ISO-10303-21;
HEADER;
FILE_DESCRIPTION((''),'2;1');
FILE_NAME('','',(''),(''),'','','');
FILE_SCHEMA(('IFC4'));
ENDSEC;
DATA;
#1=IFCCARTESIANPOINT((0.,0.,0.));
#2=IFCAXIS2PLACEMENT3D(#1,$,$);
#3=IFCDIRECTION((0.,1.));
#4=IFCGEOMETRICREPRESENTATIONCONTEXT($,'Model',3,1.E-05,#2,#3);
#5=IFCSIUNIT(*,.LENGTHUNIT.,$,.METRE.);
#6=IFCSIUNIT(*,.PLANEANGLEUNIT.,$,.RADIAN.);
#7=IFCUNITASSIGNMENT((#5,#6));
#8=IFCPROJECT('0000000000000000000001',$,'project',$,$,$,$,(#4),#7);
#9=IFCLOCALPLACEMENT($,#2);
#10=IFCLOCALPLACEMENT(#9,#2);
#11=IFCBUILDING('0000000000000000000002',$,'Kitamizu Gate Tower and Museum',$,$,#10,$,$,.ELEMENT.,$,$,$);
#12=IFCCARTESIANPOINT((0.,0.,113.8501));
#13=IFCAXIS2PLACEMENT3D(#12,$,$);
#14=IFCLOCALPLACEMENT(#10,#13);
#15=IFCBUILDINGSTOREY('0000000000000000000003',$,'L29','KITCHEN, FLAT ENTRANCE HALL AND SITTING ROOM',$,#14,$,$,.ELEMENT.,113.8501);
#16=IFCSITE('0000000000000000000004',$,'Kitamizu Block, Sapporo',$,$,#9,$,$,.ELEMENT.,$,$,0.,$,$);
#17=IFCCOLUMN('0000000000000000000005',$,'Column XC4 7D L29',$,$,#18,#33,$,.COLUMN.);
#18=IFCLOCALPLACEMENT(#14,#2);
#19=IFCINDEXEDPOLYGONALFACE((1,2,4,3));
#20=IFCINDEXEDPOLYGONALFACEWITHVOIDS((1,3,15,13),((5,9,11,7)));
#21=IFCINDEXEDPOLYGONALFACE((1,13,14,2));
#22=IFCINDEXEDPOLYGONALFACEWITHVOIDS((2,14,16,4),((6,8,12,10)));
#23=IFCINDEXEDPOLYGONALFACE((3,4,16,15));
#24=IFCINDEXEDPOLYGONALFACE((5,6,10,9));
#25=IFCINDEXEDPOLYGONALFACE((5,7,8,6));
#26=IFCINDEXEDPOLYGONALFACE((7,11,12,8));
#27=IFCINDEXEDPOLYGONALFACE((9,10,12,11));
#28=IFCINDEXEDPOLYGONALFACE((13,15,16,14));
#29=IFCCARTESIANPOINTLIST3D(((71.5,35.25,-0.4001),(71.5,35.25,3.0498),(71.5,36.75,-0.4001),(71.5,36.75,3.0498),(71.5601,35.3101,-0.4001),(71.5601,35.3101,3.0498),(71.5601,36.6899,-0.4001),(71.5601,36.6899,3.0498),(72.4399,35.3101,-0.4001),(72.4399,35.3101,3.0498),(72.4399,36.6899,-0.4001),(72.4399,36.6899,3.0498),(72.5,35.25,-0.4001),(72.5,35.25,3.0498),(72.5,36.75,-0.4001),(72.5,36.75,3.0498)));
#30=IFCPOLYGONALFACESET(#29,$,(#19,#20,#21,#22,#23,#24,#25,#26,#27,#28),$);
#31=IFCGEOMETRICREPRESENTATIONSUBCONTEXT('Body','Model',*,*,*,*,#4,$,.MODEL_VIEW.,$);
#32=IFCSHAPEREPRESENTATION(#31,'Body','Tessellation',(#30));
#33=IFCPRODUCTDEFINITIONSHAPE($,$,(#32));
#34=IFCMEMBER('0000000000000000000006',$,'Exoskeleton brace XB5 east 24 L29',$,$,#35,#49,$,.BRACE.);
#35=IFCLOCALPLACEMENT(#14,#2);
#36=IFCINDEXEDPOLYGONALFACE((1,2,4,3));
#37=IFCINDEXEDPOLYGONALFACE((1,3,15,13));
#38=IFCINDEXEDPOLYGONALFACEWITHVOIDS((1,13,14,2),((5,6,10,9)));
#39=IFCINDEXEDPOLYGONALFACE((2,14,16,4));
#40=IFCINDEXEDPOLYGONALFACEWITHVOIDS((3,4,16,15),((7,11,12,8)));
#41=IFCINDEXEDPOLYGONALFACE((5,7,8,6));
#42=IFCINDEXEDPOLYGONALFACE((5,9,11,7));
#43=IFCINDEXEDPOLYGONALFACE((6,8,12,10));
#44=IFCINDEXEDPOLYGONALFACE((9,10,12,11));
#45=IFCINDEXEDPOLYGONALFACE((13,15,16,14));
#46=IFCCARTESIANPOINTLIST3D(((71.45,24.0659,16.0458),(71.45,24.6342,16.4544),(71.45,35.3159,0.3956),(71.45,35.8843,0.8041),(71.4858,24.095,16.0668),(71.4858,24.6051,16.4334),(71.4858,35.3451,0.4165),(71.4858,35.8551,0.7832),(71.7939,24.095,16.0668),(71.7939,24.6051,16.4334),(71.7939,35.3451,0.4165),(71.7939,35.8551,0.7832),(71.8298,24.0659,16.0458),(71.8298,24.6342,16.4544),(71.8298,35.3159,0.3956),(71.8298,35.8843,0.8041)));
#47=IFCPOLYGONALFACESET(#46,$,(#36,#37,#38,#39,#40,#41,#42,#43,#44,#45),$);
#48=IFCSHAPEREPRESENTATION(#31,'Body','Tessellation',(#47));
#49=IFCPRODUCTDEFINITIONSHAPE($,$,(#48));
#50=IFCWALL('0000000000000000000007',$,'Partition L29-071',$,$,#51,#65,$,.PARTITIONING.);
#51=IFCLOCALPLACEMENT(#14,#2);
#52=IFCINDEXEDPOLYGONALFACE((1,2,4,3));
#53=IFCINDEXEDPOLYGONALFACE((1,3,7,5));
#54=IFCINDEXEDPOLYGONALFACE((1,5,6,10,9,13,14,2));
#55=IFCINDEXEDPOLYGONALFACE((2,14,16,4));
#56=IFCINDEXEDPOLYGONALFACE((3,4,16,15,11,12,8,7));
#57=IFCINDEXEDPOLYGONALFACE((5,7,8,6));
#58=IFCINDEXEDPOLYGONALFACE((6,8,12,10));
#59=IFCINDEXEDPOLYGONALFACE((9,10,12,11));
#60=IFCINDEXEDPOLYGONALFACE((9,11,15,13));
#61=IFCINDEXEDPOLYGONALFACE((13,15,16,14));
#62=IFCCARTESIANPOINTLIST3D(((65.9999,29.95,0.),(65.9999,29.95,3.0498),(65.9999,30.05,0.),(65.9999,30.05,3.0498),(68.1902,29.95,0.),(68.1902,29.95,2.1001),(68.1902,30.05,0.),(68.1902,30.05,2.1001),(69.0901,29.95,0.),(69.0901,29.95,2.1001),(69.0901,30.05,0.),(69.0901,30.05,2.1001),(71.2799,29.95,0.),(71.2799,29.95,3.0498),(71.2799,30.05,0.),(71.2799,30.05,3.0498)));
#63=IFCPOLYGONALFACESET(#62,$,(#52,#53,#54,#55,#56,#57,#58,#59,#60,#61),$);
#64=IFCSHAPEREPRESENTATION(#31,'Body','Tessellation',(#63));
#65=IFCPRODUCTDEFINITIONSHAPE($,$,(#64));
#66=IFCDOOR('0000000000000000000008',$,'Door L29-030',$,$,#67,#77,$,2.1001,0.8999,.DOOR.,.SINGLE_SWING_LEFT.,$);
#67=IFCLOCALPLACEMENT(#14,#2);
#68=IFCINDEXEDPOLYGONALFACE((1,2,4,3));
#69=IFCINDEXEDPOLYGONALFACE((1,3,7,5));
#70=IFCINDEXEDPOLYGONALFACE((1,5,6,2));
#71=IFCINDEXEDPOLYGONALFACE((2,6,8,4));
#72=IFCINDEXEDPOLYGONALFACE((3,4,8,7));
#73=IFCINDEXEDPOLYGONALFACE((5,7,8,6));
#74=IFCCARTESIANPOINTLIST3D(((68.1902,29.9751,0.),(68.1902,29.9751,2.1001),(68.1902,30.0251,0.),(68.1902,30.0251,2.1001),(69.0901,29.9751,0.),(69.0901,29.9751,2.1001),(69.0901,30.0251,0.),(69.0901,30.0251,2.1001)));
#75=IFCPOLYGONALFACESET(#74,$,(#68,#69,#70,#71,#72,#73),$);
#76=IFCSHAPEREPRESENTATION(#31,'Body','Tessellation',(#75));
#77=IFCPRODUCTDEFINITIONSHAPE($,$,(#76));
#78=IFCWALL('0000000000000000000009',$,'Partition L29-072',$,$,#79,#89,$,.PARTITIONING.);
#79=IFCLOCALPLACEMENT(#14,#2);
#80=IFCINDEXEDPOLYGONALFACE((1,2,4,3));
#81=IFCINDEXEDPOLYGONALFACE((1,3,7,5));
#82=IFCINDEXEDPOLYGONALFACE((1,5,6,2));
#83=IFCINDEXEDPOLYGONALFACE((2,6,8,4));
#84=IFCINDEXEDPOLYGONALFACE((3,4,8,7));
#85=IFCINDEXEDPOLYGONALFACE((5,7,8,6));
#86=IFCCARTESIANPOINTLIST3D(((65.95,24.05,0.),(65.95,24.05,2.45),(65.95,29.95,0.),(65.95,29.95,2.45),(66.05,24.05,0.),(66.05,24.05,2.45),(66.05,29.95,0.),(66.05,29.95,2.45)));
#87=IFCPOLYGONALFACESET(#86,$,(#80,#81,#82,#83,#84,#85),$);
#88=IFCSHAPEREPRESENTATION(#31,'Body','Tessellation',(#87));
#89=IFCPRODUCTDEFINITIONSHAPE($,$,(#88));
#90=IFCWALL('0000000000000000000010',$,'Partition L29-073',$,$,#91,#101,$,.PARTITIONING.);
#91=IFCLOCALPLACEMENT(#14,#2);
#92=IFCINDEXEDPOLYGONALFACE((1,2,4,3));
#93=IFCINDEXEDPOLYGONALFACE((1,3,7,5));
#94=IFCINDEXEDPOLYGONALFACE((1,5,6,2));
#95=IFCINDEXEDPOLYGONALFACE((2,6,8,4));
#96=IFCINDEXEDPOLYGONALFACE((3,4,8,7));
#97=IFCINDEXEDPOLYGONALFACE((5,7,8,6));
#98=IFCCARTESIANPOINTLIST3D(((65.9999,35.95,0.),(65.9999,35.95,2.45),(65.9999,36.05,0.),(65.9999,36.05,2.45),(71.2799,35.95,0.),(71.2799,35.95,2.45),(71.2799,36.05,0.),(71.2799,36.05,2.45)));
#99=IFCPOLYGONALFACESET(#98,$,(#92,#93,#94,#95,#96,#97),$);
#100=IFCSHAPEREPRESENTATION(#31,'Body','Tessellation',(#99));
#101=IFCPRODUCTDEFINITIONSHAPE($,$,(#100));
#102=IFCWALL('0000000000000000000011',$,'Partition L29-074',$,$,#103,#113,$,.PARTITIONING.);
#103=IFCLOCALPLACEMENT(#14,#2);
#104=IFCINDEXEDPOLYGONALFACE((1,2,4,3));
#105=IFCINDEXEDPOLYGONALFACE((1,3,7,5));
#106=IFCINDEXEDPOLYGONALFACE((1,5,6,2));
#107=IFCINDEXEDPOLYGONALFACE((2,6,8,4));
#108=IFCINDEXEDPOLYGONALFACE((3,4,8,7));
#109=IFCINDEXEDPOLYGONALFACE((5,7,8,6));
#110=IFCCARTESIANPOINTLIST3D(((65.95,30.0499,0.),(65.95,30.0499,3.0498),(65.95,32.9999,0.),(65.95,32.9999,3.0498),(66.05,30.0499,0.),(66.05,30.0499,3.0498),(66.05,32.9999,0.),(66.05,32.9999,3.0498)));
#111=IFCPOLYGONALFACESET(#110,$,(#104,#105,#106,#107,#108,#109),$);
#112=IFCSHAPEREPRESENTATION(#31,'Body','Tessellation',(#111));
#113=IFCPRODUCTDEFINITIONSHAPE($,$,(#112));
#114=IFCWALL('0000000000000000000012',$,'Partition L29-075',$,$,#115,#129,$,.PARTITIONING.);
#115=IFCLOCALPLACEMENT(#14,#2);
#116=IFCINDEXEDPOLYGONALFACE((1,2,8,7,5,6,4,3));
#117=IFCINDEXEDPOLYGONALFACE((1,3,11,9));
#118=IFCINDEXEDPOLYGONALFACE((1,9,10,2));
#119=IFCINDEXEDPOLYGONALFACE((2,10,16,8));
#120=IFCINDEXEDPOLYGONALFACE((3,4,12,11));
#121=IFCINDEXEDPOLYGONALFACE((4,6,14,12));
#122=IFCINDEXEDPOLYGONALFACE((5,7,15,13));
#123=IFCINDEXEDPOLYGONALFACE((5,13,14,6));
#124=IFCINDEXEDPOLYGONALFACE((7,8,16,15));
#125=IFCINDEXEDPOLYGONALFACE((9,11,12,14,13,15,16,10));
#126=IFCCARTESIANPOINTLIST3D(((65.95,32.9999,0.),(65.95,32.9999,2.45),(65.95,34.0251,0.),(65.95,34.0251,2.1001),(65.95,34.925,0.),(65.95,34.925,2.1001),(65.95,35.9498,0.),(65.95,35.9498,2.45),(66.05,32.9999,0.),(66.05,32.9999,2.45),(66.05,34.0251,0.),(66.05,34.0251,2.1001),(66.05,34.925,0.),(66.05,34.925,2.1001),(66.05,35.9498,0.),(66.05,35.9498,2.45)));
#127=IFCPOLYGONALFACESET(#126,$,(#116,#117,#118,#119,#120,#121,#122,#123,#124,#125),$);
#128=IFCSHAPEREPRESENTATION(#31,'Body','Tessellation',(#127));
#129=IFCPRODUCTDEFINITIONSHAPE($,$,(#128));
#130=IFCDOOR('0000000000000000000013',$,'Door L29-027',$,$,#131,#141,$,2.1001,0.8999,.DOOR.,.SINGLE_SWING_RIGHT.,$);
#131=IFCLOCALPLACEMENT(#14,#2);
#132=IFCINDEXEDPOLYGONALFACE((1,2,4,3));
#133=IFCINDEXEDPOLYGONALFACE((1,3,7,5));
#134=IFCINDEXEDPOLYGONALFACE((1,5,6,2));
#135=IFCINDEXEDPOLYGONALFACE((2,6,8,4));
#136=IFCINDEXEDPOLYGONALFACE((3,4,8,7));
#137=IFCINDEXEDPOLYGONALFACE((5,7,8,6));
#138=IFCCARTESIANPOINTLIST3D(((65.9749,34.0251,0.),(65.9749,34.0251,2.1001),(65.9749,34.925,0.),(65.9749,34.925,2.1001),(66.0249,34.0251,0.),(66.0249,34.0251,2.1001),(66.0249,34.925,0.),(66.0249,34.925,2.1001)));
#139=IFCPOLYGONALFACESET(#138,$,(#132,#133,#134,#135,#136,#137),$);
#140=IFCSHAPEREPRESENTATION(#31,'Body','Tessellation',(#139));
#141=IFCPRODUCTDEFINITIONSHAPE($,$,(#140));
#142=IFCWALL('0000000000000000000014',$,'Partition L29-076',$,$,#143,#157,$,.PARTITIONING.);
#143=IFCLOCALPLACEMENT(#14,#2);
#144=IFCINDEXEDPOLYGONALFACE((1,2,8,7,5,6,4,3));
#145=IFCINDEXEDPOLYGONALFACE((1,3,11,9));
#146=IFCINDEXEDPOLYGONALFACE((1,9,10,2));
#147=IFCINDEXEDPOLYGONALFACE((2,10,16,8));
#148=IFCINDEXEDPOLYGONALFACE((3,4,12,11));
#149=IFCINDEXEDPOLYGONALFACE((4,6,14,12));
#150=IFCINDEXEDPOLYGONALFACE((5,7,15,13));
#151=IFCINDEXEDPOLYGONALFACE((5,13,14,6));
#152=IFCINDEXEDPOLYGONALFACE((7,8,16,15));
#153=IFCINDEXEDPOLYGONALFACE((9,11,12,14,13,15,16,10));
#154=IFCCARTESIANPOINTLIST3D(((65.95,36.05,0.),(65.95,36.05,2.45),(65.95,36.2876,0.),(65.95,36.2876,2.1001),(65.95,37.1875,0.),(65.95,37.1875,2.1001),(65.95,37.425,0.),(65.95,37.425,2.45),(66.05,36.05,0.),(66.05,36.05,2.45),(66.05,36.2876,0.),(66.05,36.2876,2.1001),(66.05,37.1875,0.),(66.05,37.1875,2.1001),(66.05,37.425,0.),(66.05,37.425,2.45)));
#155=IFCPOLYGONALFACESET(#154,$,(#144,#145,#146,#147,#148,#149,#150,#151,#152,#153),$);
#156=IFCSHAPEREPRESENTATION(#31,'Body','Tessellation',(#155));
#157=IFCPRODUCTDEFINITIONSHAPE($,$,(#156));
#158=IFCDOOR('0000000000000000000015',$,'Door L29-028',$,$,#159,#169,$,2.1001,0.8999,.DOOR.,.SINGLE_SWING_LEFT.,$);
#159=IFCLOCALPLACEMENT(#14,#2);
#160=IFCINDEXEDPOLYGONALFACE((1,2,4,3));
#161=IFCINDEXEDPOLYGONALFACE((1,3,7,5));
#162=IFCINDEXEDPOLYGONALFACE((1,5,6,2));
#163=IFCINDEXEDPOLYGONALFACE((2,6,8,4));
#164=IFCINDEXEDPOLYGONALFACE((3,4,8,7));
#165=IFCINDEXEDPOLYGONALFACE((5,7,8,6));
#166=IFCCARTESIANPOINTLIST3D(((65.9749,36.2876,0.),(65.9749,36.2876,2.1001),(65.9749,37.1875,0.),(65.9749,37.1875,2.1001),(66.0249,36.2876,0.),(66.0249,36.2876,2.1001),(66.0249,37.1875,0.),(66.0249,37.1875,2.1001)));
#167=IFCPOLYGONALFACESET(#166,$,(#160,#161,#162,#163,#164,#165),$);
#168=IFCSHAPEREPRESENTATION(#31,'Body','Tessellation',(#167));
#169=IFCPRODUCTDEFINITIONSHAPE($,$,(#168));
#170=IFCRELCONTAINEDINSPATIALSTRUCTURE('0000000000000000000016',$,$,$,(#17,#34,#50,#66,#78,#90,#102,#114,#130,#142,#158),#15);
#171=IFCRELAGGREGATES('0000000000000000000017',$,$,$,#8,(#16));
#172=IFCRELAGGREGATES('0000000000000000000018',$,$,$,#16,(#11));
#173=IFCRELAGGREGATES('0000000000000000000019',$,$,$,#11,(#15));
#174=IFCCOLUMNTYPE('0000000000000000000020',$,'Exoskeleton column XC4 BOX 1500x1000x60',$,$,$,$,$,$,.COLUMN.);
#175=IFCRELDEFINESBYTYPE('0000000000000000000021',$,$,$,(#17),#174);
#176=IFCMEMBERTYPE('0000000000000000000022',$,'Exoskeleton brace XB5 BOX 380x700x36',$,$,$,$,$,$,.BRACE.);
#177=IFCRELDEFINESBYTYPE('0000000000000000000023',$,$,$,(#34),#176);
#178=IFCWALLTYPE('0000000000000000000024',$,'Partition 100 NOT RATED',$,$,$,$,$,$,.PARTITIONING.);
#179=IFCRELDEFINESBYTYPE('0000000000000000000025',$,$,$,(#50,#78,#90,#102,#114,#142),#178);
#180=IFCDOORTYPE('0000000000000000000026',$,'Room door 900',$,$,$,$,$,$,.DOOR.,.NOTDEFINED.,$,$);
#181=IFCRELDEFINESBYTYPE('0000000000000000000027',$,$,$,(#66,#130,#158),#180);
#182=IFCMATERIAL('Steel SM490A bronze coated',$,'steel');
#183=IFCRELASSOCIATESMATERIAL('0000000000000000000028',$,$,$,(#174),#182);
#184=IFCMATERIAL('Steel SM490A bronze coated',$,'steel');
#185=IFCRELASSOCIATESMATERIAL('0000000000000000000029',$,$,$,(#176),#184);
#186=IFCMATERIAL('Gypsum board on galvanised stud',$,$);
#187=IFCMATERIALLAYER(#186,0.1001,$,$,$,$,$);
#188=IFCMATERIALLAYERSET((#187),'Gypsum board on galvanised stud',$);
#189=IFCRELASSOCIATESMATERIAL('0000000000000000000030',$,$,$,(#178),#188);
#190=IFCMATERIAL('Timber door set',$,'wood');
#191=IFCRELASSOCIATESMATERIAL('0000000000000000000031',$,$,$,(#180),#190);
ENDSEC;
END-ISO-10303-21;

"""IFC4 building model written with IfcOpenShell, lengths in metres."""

from ifc_helpers import new_model, si_unit, direction, frame, frame_2d, origin, origin_2d, place, context, subcontext, project, spatial, rectangle, hollow_rectangle, extrude, material, layer, layer_set, material_profile, profile_set, type_object, element, fill, save


model = new_model("IFC4")

# Units and contexts
model_context = context("Model", 3, precision=1e-05, world=origin(), true_north=direction((0.0, 1.0)))
body_context = subcontext(model_context, "Body", "Model", "MODEL_VIEW")
ifc_project = project(units=[si_unit("LENGTHUNIT", "METRE"), si_unit("PLANEANGLEUNIT", "RADIAN")], contexts=[model_context])

# Site, building, storey
site_placement = place(None, origin())
site = spatial("IfcSite", under=ifc_project, at=site_placement, Name="Kitamizu Block, Sapporo", CompositionType="ELEMENT", RefElevation=0.0)
building_placement = place(site_placement, origin())
building = spatial("IfcBuilding", under=site, at=building_placement, Name="Kitamizu Gate Tower and Museum", CompositionType="ELEMENT")
storey_placement = place(building_placement, frame((0.0, 0.0, 113.8501)))
storey = spatial("IfcBuildingStorey", under=building, at=storey_placement, Name="L29", Description="KITCHEN, FLAT ENTRANCE HALL AND SITTING ROOM", CompositionType="ELEMENT", Elevation=113.8501)

# Column
ifc_material_1 = material(Name="Steel SM490A bronze coated", Category="steel")
ifc_material_profile_1 = material_profile(ifc_material_1, hollow_rectangle(XDim=1.5, YDim=1.0, WallThickness=0.0601, at=origin_2d()), Name="BOX 1500x1000x60")
ifc_profile_set_1 = profile_set([ifc_material_profile_1], Name="Steel SM490A bronze coated")
column_type = type_object("IfcColumnType", Name="Exoskeleton column XC4 BOX 1500x1000x60", PredefinedType="COLUMN", material=ifc_profile_set_1)
column_placement = place(storey_placement, frame((72.0, 36.0, -0.4001), z_axis=(0.0, 0.0, 1.0), x_axis=(0.0, 1.0, 0.0)))
element("IfcColumn", 1, at=column_placement, inside=storey, type_object=column_type, Name="Column XC4 7D L29", PredefinedType="COLUMN", context=body_context, shape_type="SweptSolid", body=[
    extrude(hollow_rectangle(XDim=1.5, YDim=1.0, WallThickness=0.0601, at=origin_2d()), origin(), (0.0, 0.0, 1.0), 3.45),
])

# Member
ifc_material_2 = material(Name="Steel SM490A bronze coated", Category="steel")
ifc_material_profile_2 = material_profile(ifc_material_2, hollow_rectangle(XDim=0.3799, YDim=0.7, WallThickness=0.0359, at=origin_2d()), Name="BOX 380x700x36")
ifc_profile_set_2 = profile_set([ifc_material_profile_2], Name="Steel SM490A bronze coated")
member_type = type_object("IfcMemberType", Name="Exoskeleton brace XB5 BOX 380x700x36", PredefinedType="BRACE", material=ifc_profile_set_2)
member_placement = place(storey_placement, frame((71.6399, 35.6001, 0.5999), z_axis=(0.0, -0.583686, 0.81198), x_axis=(1.0, 0.0, 0.0)))
element("IfcMember", 2, at=member_placement, inside=storey, type_object=member_type, Name="Exoskeleton brace XB5 east 24 L29", PredefinedType="BRACE", context=body_context, shape_type="SweptSolid", body=[
    extrude(hollow_rectangle(XDim=0.3799, YDim=0.7, WallThickness=0.0359, at=origin_2d()), origin(), (0.0, 0.0, 1.0), 19.2742),
])

# Wall, opening, door
ifc_material_3 = material(Name="Gypsum board on galvanised stud")
ifc_layer_1 = layer(ifc_material_3, 0.1001)
ifc_layer_set_1 = layer_set([ifc_layer_1], Name="Gypsum board on galvanised stud")
wall_type_1 = type_object("IfcWallType", Name="Partition 100 NOT RATED", PredefinedType="PARTITIONING", material=ifc_layer_set_1)
wall_1_placement = place(storey_placement, frame((71.28, 30.0, 0.0), z_axis=(0.0, 0.0, 1.0), x_axis=(-1.0, 0.0, 0.0)))
wall_1 = element("IfcWall", 3, at=wall_1_placement, inside=storey, type_object=wall_type_1, Name="Partition L29-071", PredefinedType="PARTITIONING", context=body_context, shape_type="SweptSolid", body=[
    extrude(rectangle(XDim=5.28, YDim=0.1001, at=frame_2d((2.6401, 0.0))), origin(), (0.0, 0.0, 1.0), 3.0498),
])
opening_1_placement = place(wall_1_placement, frame((2.1899, 0.0, 0.0)))
opening_1 = element("IfcOpeningElement", 4, at=opening_1_placement, cuts=wall_1, PredefinedType="OPENING", context=body_context, shape_type="SweptSolid", body=[
    extrude(rectangle(XDim=0.8999, YDim=2.1001, at=frame_2d((0.45, 1.05))), frame((0.0, 0.0601, 0.0), z_axis=(0.0, -1.0, 0.0), x_axis=(1.0, 0.0, 0.0)), (0.0, 0.0, 1.0), 0.1201),
])
ifc_material_4 = material(Name="Timber door set", Category="wood")
door_type_1 = type_object("IfcDoorType", Name="Room door 900", OperationType="NOTDEFINED", PredefinedType="DOOR", material=ifc_material_4)
door_1_placement = place(opening_1_placement, origin())
door_1 = element("IfcDoor", 5, at=door_1_placement, inside=storey, type_object=door_type_1, Name="Door L29-030", OperationType="SINGLE_SWING_LEFT", OverallHeight=2.1001, OverallWidth=0.8999, PredefinedType="DOOR", context=body_context, shape_type="SweptSolid", body=[
    extrude(rectangle(XDim=0.8999, YDim=2.1001, at=frame_2d((0.45, 1.05))), frame((0.0, 0.0249, 0.0), z_axis=(0.0, -1.0, 0.0), x_axis=(1.0, 0.0, 0.0)), (0.0, 0.0, 1.0), 0.05),
])
fill(opening_1, door_1)

# Walls
wall_2_placement = place(storey_placement, frame((66.0, 29.95, 0.0), z_axis=(0.0, 0.0, 1.0), x_axis=(0.0, -1.0, 0.0)))
element("IfcWall", 6, at=wall_2_placement, inside=storey, type_object=wall_type_1, Name="Partition L29-072", PredefinedType="PARTITIONING", context=body_context, shape_type="SweptSolid", body=[
    extrude(rectangle(XDim=5.8999, YDim=0.1001, at=frame_2d((2.95, 0.0))), origin(), (0.0, 0.0, 1.0), 2.45),
])
wall_3_placement = place(storey_placement, frame((71.28, 36.0, 0.0), z_axis=(0.0, 0.0, 1.0), x_axis=(-1.0, 0.0, 0.0)))
element("IfcWall", 7, at=wall_3_placement, inside=storey, type_object=wall_type_1, Name="Partition L29-073", PredefinedType="PARTITIONING", context=body_context, shape_type="SweptSolid", body=[
    extrude(rectangle(XDim=5.28, YDim=0.1001, at=frame_2d((2.6401, 0.0))), origin(), (0.0, 0.0, 1.0), 2.45),
])
wall_4_placement = place(storey_placement, frame((66.0, 33.0, 0.0), z_axis=(0.0, 0.0, 1.0), x_axis=(0.0, -1.0, 0.0)))
element("IfcWall", 8, at=wall_4_placement, inside=storey, type_object=wall_type_1, Name="Partition L29-074", PredefinedType="PARTITIONING", context=body_context, shape_type="SweptSolid", body=[
    extrude(rectangle(XDim=2.95, YDim=0.1001, at=frame_2d((1.4751, 0.0))), origin(), (0.0, 0.0, 1.0), 3.0498),
])

# Walls, openings, doors
wall_5_placement = place(storey_placement, frame((66.0, 35.95, 0.0), z_axis=(0.0, 0.0, 1.0), x_axis=(0.0, -1.0, 0.0)))
wall_5 = element("IfcWall", 9, at=wall_5_placement, inside=storey, type_object=wall_type_1, Name="Partition L29-075", PredefinedType="PARTITIONING", context=body_context, shape_type="SweptSolid", body=[
    extrude(rectangle(XDim=2.95, YDim=0.1001, at=frame_2d((1.4751, 0.0))), origin(), (0.0, 0.0, 1.0), 2.45),
])
opening_2_placement = place(wall_5_placement, frame((1.0249, 0.0, 0.0)))
opening_2 = element("IfcOpeningElement", 10, at=opening_2_placement, cuts=wall_5, PredefinedType="OPENING", context=body_context, shape_type="SweptSolid", body=[
    extrude(rectangle(XDim=0.8999, YDim=2.1001, at=frame_2d((0.45, 1.05))), frame((0.0, 0.0601, 0.0), z_axis=(0.0, -1.0, 0.0), x_axis=(1.0, 0.0, 0.0)), (0.0, 0.0, 1.0), 0.1201),
])
door_2_placement = place(opening_2_placement, origin())
door_2 = element("IfcDoor", 11, at=door_2_placement, inside=storey, type_object=door_type_1, Name="Door L29-027", OperationType="SINGLE_SWING_RIGHT", OverallHeight=2.1001, OverallWidth=0.8999, PredefinedType="DOOR", context=body_context, shape_type="SweptSolid", body=[
    extrude(rectangle(XDim=0.8999, YDim=2.1001, at=frame_2d((0.45, 1.05))), frame((0.0, 0.0249, 0.0), z_axis=(0.0, -1.0, 0.0), x_axis=(1.0, 0.0, 0.0)), (0.0, 0.0, 1.0), 0.05),
])
fill(opening_2, door_2)
wall_6_placement = place(storey_placement, frame((66.0, 37.425, 0.0), z_axis=(0.0, 0.0, 1.0), x_axis=(0.0, -1.0, 0.0)))
wall_6 = element("IfcWall", 12, at=wall_6_placement, inside=storey, type_object=wall_type_1, Name="Partition L29-076", PredefinedType="PARTITIONING", context=body_context, shape_type="SweptSolid", body=[
    extrude(rectangle(XDim=1.375, YDim=0.1001, at=frame_2d((0.6875, 0.0))), origin(), (0.0, 0.0, 1.0), 2.45),
])
opening_3_placement = place(wall_6_placement, frame((0.2375, 0.0, 0.0)))
opening_3 = element("IfcOpeningElement", 13, at=opening_3_placement, cuts=wall_6, PredefinedType="OPENING", context=body_context, shape_type="SweptSolid", body=[
    extrude(rectangle(XDim=0.8999, YDim=2.1001, at=frame_2d((0.45, 1.05))), frame((0.0, 0.0601, 0.0), z_axis=(0.0, -1.0, 0.0), x_axis=(1.0, 0.0, 0.0)), (0.0, 0.0, 1.0), 0.1201),
])
door_3_placement = place(opening_3_placement, origin())
door_3 = element("IfcDoor", 14, at=door_3_placement, inside=storey, type_object=door_type_1, Name="Door L29-028", OperationType="SINGLE_SWING_LEFT", OverallHeight=2.1001, OverallWidth=0.8999, PredefinedType="DOOR", context=body_context, shape_type="SweptSolid", body=[
    extrude(rectangle(XDim=0.8999, YDim=2.1001, at=frame_2d((0.45, 1.05))), frame((0.0, 0.0249, 0.0), z_axis=(0.0, -1.0, 0.0), x_axis=(1.0, 0.0, 0.0)), (0.0, 0.0, 1.0), 0.05),
])
fill(opening_3, door_3)

save(model, "model.ifc")
